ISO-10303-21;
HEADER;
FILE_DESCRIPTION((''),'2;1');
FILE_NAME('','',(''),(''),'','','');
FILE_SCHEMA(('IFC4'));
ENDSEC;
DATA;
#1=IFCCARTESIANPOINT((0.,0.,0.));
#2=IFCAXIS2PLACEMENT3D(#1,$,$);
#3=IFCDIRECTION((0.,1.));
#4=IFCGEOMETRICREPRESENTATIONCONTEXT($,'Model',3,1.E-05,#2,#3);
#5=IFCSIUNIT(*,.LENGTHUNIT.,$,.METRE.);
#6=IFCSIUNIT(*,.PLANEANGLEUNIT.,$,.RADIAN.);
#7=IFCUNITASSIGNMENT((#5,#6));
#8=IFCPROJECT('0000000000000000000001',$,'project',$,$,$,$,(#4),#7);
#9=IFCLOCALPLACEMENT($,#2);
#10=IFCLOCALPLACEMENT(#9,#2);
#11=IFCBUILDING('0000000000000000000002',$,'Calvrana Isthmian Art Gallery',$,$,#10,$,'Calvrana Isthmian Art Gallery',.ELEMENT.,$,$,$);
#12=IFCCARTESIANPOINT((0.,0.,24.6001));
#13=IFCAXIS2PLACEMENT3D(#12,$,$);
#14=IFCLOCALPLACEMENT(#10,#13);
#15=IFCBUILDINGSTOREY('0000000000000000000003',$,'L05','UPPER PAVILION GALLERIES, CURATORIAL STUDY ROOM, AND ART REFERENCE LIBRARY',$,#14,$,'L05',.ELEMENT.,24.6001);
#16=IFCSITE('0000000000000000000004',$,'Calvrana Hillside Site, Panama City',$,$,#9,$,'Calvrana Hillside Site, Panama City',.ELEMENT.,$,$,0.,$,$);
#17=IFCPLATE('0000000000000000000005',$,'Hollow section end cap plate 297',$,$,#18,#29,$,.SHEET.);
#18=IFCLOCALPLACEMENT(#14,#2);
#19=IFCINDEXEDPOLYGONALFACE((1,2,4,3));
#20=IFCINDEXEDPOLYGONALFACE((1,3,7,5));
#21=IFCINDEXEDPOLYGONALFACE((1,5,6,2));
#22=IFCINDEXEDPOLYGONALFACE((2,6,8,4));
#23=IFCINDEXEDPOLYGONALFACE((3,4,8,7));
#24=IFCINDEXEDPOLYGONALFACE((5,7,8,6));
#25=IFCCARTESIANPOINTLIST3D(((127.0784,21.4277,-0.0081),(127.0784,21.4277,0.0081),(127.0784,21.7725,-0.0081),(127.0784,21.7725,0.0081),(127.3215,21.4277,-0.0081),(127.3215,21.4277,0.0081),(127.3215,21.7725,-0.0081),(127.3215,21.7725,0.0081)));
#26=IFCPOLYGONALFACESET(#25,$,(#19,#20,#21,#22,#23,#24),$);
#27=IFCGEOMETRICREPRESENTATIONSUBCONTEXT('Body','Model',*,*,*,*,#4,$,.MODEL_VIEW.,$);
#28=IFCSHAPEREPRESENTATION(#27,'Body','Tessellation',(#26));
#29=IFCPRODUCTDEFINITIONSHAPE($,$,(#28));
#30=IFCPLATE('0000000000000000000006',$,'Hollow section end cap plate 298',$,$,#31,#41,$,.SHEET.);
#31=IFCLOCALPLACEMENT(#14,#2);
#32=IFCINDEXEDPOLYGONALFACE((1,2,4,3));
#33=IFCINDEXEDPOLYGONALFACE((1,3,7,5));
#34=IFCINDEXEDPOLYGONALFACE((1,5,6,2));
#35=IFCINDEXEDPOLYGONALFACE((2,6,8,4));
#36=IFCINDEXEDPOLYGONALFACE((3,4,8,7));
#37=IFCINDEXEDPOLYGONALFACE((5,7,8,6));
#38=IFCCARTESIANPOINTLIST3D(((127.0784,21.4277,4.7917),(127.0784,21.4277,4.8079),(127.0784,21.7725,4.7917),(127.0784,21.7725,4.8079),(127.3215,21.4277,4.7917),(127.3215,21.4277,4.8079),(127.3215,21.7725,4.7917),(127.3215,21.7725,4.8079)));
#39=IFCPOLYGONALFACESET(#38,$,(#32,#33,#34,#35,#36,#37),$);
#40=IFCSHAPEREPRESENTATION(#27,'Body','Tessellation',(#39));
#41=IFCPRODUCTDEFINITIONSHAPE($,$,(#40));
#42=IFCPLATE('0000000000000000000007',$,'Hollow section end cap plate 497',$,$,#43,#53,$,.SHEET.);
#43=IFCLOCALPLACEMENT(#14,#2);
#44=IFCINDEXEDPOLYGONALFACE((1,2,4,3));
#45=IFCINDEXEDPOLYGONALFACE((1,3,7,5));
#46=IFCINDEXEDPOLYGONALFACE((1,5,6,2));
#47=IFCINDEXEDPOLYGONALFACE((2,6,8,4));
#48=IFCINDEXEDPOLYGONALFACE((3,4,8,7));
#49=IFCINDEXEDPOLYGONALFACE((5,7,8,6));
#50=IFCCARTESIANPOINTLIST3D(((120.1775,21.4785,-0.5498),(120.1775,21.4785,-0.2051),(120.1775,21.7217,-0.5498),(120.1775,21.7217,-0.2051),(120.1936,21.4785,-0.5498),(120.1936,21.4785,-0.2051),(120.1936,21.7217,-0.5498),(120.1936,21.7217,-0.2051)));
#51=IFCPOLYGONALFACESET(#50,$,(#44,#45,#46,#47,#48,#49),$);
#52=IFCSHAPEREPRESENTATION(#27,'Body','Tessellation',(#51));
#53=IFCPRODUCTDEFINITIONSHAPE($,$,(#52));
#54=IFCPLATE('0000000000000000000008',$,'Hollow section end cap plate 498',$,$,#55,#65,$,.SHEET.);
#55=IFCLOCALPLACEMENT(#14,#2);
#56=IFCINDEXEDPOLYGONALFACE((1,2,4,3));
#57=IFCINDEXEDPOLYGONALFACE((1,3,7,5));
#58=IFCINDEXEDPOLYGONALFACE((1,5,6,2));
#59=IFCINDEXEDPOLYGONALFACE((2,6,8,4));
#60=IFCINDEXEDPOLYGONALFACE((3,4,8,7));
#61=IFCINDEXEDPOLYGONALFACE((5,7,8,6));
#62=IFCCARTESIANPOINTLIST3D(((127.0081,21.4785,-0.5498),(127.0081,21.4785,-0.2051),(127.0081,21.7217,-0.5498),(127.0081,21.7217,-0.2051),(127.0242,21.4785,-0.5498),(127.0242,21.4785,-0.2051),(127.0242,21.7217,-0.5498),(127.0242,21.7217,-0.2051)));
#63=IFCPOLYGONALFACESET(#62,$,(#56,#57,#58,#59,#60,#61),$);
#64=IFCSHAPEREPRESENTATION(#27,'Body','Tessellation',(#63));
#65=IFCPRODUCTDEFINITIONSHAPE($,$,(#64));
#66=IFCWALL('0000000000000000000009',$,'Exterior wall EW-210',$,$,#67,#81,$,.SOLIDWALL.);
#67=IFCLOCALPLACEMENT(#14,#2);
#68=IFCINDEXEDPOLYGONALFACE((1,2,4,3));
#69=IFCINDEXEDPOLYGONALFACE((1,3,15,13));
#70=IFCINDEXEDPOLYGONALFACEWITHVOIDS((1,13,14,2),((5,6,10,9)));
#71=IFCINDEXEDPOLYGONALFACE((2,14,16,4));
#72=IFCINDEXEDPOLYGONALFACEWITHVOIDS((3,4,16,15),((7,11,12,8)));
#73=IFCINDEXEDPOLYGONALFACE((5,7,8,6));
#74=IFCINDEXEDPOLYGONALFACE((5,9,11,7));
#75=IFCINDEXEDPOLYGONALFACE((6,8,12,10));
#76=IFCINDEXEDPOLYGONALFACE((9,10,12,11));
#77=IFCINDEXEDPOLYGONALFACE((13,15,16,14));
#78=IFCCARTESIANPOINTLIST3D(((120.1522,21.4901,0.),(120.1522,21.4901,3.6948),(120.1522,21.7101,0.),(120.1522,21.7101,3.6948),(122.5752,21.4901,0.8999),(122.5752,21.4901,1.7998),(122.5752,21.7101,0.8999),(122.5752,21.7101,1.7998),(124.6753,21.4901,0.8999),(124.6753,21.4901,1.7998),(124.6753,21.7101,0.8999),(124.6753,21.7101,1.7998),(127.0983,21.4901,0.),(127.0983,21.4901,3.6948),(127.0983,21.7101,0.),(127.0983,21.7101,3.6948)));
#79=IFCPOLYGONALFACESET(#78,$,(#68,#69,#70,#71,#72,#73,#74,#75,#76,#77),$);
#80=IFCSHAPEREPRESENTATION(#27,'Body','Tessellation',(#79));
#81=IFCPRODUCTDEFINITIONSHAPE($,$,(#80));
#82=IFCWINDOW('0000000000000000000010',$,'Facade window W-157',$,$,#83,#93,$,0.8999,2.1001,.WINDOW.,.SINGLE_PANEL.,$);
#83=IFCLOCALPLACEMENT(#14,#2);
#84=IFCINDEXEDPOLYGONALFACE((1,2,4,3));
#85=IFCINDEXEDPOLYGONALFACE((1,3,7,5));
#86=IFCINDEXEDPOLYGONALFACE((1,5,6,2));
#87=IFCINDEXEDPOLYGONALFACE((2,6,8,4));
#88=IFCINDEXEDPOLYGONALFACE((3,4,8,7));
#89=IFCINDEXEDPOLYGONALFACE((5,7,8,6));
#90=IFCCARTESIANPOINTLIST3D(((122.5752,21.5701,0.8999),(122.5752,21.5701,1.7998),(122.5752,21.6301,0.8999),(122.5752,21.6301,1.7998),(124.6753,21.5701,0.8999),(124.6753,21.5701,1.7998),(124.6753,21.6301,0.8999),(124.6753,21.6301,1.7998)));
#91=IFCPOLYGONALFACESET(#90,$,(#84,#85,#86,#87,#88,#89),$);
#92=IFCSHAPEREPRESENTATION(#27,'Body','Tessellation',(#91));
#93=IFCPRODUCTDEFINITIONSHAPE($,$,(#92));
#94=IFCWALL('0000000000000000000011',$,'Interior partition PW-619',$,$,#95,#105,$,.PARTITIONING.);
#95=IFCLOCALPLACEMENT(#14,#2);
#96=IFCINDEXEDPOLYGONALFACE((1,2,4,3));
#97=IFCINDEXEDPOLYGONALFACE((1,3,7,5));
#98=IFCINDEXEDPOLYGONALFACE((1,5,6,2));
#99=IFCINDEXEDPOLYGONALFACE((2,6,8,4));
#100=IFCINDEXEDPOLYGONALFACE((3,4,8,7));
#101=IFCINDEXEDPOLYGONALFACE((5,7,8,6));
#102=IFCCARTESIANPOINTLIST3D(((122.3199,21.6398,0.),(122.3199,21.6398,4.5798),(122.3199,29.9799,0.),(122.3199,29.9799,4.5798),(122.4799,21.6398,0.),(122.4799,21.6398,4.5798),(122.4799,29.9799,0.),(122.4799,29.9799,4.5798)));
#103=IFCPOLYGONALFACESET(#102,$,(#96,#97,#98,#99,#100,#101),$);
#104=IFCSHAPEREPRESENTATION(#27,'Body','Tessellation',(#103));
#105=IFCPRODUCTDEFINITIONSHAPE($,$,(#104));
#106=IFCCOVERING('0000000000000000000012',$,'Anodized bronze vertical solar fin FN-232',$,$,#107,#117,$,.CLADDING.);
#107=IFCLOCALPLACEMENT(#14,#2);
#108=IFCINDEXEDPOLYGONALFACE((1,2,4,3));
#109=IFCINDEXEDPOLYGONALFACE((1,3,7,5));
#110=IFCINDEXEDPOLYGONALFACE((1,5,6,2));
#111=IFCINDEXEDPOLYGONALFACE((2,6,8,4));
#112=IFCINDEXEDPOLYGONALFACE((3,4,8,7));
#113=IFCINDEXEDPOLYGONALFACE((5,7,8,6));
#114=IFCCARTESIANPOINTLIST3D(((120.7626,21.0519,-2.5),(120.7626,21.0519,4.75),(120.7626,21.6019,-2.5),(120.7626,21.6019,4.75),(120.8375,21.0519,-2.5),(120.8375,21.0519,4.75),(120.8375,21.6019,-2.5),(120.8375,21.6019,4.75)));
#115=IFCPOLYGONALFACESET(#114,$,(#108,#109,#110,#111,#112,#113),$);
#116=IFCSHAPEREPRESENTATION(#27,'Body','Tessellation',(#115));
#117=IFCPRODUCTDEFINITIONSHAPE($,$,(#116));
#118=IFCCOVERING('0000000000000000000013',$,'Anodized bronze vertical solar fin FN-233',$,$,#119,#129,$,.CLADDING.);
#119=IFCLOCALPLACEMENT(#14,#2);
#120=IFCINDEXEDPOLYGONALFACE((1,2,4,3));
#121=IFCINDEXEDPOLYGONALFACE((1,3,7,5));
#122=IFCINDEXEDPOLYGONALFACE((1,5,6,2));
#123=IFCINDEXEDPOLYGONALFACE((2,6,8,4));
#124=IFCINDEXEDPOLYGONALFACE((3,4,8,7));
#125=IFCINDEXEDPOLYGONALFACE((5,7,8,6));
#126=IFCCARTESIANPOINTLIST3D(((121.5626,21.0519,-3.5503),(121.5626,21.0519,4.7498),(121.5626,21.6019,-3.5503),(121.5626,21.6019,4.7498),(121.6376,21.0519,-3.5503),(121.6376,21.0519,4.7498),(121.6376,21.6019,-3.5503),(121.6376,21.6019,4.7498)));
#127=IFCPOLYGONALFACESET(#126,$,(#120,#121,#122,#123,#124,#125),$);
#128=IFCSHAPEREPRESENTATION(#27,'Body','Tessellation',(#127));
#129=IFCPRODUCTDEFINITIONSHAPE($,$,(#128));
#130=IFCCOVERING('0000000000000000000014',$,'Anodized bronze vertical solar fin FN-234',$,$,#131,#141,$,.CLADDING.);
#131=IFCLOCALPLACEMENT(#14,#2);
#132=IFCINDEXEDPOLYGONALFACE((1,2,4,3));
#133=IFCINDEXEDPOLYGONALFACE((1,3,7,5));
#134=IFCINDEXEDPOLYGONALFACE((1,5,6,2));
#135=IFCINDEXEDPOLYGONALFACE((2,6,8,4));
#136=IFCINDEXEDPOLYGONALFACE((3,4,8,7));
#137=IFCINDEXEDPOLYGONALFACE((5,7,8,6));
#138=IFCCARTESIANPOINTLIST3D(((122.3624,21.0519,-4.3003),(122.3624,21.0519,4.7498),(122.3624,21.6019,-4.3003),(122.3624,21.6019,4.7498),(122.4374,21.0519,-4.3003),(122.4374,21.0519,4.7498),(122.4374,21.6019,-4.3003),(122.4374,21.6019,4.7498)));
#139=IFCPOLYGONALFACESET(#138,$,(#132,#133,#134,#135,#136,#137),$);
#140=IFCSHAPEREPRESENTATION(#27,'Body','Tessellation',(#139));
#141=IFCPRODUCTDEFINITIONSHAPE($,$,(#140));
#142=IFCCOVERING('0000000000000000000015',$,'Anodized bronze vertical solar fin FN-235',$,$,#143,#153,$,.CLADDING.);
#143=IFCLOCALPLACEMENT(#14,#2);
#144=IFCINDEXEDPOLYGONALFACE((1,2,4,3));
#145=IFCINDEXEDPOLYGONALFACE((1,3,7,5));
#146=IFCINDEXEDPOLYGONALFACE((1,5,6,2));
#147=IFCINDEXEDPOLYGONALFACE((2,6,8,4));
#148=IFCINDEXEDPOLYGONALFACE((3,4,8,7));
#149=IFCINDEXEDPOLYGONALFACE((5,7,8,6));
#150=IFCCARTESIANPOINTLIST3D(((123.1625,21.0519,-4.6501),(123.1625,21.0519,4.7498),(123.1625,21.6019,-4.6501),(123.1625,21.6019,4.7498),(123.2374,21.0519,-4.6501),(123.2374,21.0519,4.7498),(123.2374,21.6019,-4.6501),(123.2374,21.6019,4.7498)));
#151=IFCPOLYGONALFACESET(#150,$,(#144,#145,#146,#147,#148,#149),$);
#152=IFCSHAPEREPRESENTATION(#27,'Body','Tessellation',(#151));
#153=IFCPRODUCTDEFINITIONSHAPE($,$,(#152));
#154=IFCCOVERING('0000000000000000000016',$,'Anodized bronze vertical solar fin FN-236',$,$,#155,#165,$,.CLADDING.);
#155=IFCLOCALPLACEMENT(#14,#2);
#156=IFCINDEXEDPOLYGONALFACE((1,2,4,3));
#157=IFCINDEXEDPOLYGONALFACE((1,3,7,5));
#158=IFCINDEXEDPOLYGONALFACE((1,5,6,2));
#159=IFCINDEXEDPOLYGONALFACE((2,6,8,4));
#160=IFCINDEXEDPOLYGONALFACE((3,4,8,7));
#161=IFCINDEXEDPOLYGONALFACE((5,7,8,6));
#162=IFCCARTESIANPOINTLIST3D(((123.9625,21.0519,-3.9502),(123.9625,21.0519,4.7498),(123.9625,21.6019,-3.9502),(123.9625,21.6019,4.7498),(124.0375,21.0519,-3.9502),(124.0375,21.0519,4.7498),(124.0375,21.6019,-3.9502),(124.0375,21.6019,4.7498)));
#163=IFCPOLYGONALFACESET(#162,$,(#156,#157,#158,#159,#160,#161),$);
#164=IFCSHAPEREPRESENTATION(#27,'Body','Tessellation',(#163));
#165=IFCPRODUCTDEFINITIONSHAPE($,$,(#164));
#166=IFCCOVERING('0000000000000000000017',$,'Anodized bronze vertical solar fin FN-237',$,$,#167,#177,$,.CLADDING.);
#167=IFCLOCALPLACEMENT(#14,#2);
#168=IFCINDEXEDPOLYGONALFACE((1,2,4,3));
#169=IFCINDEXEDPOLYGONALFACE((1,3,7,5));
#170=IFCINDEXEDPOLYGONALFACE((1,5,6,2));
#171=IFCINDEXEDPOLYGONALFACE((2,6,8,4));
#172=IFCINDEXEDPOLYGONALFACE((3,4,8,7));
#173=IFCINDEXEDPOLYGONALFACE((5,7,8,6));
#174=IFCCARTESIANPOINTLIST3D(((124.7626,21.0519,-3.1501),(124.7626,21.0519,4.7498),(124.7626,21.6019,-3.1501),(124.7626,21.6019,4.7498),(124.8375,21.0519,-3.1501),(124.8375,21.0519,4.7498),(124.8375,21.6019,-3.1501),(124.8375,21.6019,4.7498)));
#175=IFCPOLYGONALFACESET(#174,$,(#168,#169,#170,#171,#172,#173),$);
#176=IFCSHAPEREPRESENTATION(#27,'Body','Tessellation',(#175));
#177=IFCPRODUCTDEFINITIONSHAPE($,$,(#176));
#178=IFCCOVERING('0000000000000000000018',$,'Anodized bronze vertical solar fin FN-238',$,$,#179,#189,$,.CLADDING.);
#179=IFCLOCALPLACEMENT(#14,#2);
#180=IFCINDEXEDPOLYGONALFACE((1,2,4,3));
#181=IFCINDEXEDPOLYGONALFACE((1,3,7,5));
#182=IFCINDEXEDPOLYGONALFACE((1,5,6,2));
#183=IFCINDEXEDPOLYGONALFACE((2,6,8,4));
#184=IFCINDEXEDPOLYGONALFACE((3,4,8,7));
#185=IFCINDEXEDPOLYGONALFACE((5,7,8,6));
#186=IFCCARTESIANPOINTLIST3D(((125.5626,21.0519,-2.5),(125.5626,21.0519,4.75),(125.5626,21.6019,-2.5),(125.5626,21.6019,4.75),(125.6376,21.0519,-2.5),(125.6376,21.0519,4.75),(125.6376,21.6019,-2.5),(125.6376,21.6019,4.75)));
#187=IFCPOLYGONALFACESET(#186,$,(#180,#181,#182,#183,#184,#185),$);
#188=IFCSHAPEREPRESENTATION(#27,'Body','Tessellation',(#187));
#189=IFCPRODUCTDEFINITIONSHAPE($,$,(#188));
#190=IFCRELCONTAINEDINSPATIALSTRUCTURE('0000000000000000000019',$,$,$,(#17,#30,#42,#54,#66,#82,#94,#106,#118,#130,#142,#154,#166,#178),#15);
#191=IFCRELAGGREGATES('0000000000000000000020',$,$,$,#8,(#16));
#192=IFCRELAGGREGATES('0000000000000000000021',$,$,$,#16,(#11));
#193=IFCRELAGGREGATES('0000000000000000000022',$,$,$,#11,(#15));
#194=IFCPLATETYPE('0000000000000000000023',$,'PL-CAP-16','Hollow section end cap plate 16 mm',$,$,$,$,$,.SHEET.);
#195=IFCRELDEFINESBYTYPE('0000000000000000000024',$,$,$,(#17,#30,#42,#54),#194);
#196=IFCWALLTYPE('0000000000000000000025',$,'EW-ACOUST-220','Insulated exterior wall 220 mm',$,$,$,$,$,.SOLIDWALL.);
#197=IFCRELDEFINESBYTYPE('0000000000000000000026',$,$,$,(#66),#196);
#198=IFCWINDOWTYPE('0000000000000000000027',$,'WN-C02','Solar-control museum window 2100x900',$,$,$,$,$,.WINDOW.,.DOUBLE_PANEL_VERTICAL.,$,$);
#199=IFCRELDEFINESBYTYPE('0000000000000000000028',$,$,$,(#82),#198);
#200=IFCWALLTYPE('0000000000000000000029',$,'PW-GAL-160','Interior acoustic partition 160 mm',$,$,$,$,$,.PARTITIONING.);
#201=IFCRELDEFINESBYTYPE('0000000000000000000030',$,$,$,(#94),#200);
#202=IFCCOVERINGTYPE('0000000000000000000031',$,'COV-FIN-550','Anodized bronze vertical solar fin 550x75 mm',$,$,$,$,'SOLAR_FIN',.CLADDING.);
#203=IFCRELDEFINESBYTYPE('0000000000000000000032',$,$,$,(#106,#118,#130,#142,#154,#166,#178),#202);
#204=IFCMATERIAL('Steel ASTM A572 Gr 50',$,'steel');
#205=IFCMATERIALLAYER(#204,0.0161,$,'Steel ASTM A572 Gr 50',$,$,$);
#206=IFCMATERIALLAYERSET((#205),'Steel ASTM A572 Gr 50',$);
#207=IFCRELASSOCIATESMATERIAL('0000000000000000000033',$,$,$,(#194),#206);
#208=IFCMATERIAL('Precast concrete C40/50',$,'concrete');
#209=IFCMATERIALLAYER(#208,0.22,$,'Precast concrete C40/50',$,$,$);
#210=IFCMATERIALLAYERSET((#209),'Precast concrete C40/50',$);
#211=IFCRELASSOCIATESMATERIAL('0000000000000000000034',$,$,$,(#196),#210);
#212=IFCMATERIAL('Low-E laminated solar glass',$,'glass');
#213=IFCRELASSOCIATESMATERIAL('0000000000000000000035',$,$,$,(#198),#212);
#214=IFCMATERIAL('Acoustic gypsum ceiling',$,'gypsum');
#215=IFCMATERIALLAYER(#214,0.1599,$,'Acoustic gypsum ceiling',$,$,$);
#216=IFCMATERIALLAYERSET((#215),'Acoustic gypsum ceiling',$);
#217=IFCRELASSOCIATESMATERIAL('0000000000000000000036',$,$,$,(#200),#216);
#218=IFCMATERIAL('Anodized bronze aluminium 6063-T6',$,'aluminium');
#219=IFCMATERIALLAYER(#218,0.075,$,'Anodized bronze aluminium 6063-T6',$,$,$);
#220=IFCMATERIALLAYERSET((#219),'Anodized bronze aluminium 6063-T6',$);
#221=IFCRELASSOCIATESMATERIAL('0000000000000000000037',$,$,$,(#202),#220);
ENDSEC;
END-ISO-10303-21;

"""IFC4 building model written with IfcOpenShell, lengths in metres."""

from ifc_helpers import new_model, si_unit, direction, frame, frame_2d, origin, origin_2d, place, context, subcontext, project, spatial, rectangle, extrude, material, layer, layer_set, type_object, element, fill, save


model = new_model("IFC4")

# Units and contexts
model_context = context("Model", 3, precision=1e-05, world=origin(), true_north=direction((0.0, 1.0)))
body_context = subcontext(model_context, "Body", "Model", "MODEL_VIEW")
ifc_project = project(units=[si_unit("LENGTHUNIT", "METRE"), si_unit("PLANEANGLEUNIT", "RADIAN")], contexts=[model_context])

# Site, building, storey
site_placement = place(None, origin())
site = spatial("IfcSite", under=ifc_project, at=site_placement, Name="Calvrana Hillside Site, Panama City", LongName="Calvrana Hillside Site, Panama City", CompositionType="ELEMENT", RefElevation=0.0)
building_placement = place(site_placement, origin())
building = spatial("IfcBuilding", under=site, at=building_placement, Name="Calvrana Isthmian Art Gallery", LongName="Calvrana Isthmian Art Gallery", CompositionType="ELEMENT")
storey_placement = place(building_placement, frame((0.0, 0.0, 24.6001)))
storey = spatial("IfcBuildingStorey", under=building, at=storey_placement, Name="L05", Description="UPPER PAVILION GALLERIES, CURATORIAL STUDY ROOM, AND ART REFERENCE LIBRARY", LongName="L05", CompositionType="ELEMENT", Elevation=24.6001)

# Plates
ifc_material_1 = material(Name="Steel ASTM A572 Gr 50", Category="steel")
ifc_layer_1 = layer(ifc_material_1, 0.0161, Name="Steel ASTM A572 Gr 50")
ifc_layer_set_1 = layer_set([ifc_layer_1], Name="Steel ASTM A572 Gr 50")
plate_type = type_object("IfcPlateType", Name="PL-CAP-16", Description="Hollow section end cap plate 16 mm", PredefinedType="SHEET", material=ifc_layer_set_1)
for number, where, z_axis, x_axis, name in (
    (1, (127.2, 21.6001, -0.0081), (0.0, 0.0, 1.0), (1.0, 0.0, 0.0), "Hollow section end cap plate 297"),
    (2, (127.2, 21.6001, 4.7917), (0.0, 0.0, 1.0), (1.0, 0.0, 0.0), "Hollow section end cap plate 298"),
):
    element("IfcPlate", number, at=place(storey_placement, frame(where, z_axis=z_axis, x_axis=x_axis)), inside=storey, type_object=plate_type, Name=name, PredefinedType="SHEET", context=body_context, shape_type="SweptSolid", body=[
        extrude(rectangle(XDim=0.2432, YDim=0.3447, at=origin_2d()), origin(), (0.0, 0.0, 1.0), 0.0161),
    ])
for number, where, z_axis, x_axis, name in (
    (3, (120.1855, 21.6001, -0.5498), (0.0, 0.0, 1.0), (1.0, 0.0, 0.0), "Hollow section end cap plate 497"),
    (4, (127.0161, 21.6001, -0.5498), (0.0, 0.0, 1.0), (1.0, 0.0, 0.0), "Hollow section end cap plate 498"),
):
    element("IfcPlate", number, at=place(storey_placement, frame(where, z_axis=z_axis, x_axis=x_axis)), inside=storey, type_object=plate_type, Name=name, PredefinedType="SHEET", context=body_context, shape_type="SweptSolid", body=[
        extrude(rectangle(XDim=0.0161, YDim=0.2432, at=origin_2d()), origin(), (0.0, 0.0, 1.0), 0.3447),
    ])

# Wall, opening, window
ifc_material_2 = material(Name="Precast concrete C40/50", Category="concrete")
ifc_layer_2 = layer(ifc_material_2, 0.22, Name="Precast concrete C40/50")
ifc_layer_set_2 = layer_set([ifc_layer_2], Name="Precast concrete C40/50")
wall_type_1 = type_object("IfcWallType", Name="EW-ACOUST-220", Description="Insulated exterior wall 220 mm", PredefinedType="SOLIDWALL", material=ifc_layer_set_2)
wall_1_placement = place(storey_placement, frame((127.0984, 21.6001, 0.0), z_axis=(0.0, 0.0, 1.0), x_axis=(-1.0, 0.0, 0.0)))
wall_1 = element("IfcWall", 5, at=wall_1_placement, inside=storey, type_object=wall_type_1, Name="Exterior wall EW-210", PredefinedType="SOLIDWALL", context=body_context, shape_type="SweptSolid", body=[
    extrude(rectangle(XDim=6.946, YDim=0.22, at=frame_2d((3.4731, 0.0))), origin(), (0.0, 0.0, 1.0), 3.6948),
])
opening_placement = place(wall_1_placement, frame((2.4231, 0.0, 0.8999)))
opening = element("IfcOpeningElement", 6, at=opening_placement, cuts=wall_1, PredefinedType="OPENING", context=body_context, shape_type="SweptSolid", body=[
    extrude(rectangle(XDim=2.1001, YDim=0.8999, at=frame_2d((1.05, 0.45))), frame((0.0, 0.1201, 0.0), z_axis=(0.0, -1.0, 0.0), x_axis=(1.0, 0.0, 0.0)), (0.0, 0.0, 1.0), 0.2405),
])
ifc_material_3 = material(Name="Low-E laminated solar glass", Category="glass")
window_type = type_object("IfcWindowType", Name="WN-C02", Description="Solar-control museum window 2100x900", PartitioningType="DOUBLE_PANEL_VERTICAL", PredefinedType="WINDOW", material=ifc_material_3)
window_placement = place(opening_placement, origin())
window = element("IfcWindow", 7, at=window_placement, inside=storey, type_object=window_type, Name="Facade window W-157", OverallHeight=0.8999, OverallWidth=2.1001, PartitioningType="SINGLE_PANEL", PredefinedType="WINDOW", context=body_context, shape_type="SweptSolid", body=[
    extrude(rectangle(XDim=2.1001, YDim=0.8999, at=frame_2d((1.05, 0.45))), frame((0.0, 0.03, 0.0), z_axis=(0.0, -1.0, 0.0), x_axis=(1.0, 0.0, 0.0)), (0.0, 0.0, 1.0), 0.0601),
])
fill(opening, window)

# Wall
ifc_material_4 = material(Name="Acoustic gypsum ceiling", Category="gypsum")
ifc_layer_3 = layer(ifc_material_4, 0.1599, Name="Acoustic gypsum ceiling")
ifc_layer_set_3 = layer_set([ifc_layer_3], Name="Acoustic gypsum ceiling")
wall_type_2 = type_object("IfcWallType", Name="PW-GAL-160", Description="Interior acoustic partition 160 mm", PredefinedType="PARTITIONING", material=ifc_layer_set_3)
wall_2_placement = place(storey_placement, frame((122.3999, 21.6399, 0.0), z_axis=(0.0, 0.0, 1.0), x_axis=(0.0, 1.0, 0.0)))
element("IfcWall", 8, at=wall_2_placement, inside=storey, type_object=wall_type_2, Name="Interior partition PW-619", PredefinedType="PARTITIONING", context=body_context, shape_type="SweptSolid", body=[
    extrude(rectangle(XDim=8.3401, YDim=0.1599, at=frame_2d((4.1699, 0.0))), origin(), (0.0, 0.0, 1.0), 4.5798),
])

# Coverings
ifc_material_5 = material(Name="Anodized bronze aluminium 6063-T6", Category="aluminium")
ifc_layer_4 = layer(ifc_material_5, 0.075, Name="Anodized bronze aluminium 6063-T6")
ifc_layer_set_4 = layer_set([ifc_layer_4], Name="Anodized bronze aluminium 6063-T6")
covering_type = type_object("IfcCoveringType", Name="COV-FIN-550", Description="Anodized bronze vertical solar fin 550x75 mm", ElementType="SOLAR_FIN", PredefinedType="CLADDING", material=ifc_layer_set_4)
covering_1_placement = place(storey_placement, frame((120.8, 21.3269, -2.5), z_axis=(0.0, 0.0, 1.0), x_axis=(1.0, 0.0, 0.0)))
element("IfcCovering", 9, at=covering_1_placement, inside=storey, type_object=covering_type, Name="Anodized bronze vertical solar fin FN-232", PredefinedType="CLADDING", context=body_context, shape_type="SweptSolid", body=[
    extrude(rectangle(XDim=0.075, YDim=0.55, at=origin_2d()), origin(), (0.0, 0.0, 1.0), 7.25),
])
covering_2_placement = place(storey_placement, frame((121.6001, 21.3269, -3.5503), z_axis=(0.0, 0.0, 1.0), x_axis=(1.0, 0.0, 0.0)))
element("IfcCovering", 10, at=covering_2_placement, inside=storey, type_object=covering_type, Name="Anodized bronze vertical solar fin FN-233", PredefinedType="CLADDING", context=body_context, shape_type="SweptSolid", body=[
    extrude(rectangle(XDim=0.075, YDim=0.55, at=origin_2d()), origin(), (0.0, 0.0, 1.0), 8.3),
])
covering_3_placement = place(storey_placement, frame((122.3999, 21.3269, -4.3003), z_axis=(0.0, 0.0, 1.0), x_axis=(1.0, 0.0, 0.0)))
element("IfcCovering", 11, at=covering_3_placement, inside=storey, type_object=covering_type, Name="Anodized bronze vertical solar fin FN-234", PredefinedType="CLADDING", context=body_context, shape_type="SweptSolid", body=[
    extrude(rectangle(XDim=0.075, YDim=0.55, at=origin_2d()), origin(), (0.0, 0.0, 1.0), 9.05),
])
covering_4_placement = place(storey_placement, frame((123.2, 21.3269, -4.6501), z_axis=(0.0, 0.0, 1.0), x_axis=(1.0, 0.0, 0.0)))
element("IfcCovering", 12, at=covering_4_placement, inside=storey, type_object=covering_type, Name="Anodized bronze vertical solar fin FN-235", PredefinedType="CLADDING", context=body_context, shape_type="SweptSolid", body=[
    extrude(rectangle(XDim=0.075, YDim=0.55, at=origin_2d()), origin(), (0.0, 0.0, 1.0), 9.3999),
])
covering_5_placement = place(storey_placement, frame((124.0, 21.3269, -3.9502), z_axis=(0.0, 0.0, 1.0), x_axis=(1.0, 0.0, 0.0)))
element("IfcCovering", 13, at=covering_5_placement, inside=storey, type_object=covering_type, Name="Anodized bronze vertical solar fin FN-236", PredefinedType="CLADDING", context=body_context, shape_type="SweptSolid", body=[
    extrude(rectangle(XDim=0.075, YDim=0.55, at=origin_2d()), origin(), (0.0, 0.0, 1.0), 8.7),
])
covering_6_placement = place(storey_placement, frame((124.8, 21.3269, -3.1501), z_axis=(0.0, 0.0, 1.0), x_axis=(1.0, 0.0, 0.0)))
element("IfcCovering", 14, at=covering_6_placement, inside=storey, type_object=covering_type, Name="Anodized bronze vertical solar fin FN-237", PredefinedType="CLADDING", context=body_context, shape_type="SweptSolid", body=[
    extrude(rectangle(XDim=0.075, YDim=0.55, at=origin_2d()), origin(), (0.0, 0.0, 1.0), 7.8999),
])
covering_7_placement = place(storey_placement, frame((125.6001, 21.3269, -2.5), z_axis=(0.0, 0.0, 1.0), x_axis=(1.0, 0.0, 0.0)))
element("IfcCovering", 15, at=covering_7_placement, inside=storey, type_object=covering_type, Name="Anodized bronze vertical solar fin FN-238", PredefinedType="CLADDING", context=body_context, shape_type="SweptSolid", body=[
    extrude(rectangle(XDim=0.075, YDim=0.55, at=origin_2d()), origin(), (0.0, 0.0, 1.0), 7.25),
])

save(model, "model.ifc")
